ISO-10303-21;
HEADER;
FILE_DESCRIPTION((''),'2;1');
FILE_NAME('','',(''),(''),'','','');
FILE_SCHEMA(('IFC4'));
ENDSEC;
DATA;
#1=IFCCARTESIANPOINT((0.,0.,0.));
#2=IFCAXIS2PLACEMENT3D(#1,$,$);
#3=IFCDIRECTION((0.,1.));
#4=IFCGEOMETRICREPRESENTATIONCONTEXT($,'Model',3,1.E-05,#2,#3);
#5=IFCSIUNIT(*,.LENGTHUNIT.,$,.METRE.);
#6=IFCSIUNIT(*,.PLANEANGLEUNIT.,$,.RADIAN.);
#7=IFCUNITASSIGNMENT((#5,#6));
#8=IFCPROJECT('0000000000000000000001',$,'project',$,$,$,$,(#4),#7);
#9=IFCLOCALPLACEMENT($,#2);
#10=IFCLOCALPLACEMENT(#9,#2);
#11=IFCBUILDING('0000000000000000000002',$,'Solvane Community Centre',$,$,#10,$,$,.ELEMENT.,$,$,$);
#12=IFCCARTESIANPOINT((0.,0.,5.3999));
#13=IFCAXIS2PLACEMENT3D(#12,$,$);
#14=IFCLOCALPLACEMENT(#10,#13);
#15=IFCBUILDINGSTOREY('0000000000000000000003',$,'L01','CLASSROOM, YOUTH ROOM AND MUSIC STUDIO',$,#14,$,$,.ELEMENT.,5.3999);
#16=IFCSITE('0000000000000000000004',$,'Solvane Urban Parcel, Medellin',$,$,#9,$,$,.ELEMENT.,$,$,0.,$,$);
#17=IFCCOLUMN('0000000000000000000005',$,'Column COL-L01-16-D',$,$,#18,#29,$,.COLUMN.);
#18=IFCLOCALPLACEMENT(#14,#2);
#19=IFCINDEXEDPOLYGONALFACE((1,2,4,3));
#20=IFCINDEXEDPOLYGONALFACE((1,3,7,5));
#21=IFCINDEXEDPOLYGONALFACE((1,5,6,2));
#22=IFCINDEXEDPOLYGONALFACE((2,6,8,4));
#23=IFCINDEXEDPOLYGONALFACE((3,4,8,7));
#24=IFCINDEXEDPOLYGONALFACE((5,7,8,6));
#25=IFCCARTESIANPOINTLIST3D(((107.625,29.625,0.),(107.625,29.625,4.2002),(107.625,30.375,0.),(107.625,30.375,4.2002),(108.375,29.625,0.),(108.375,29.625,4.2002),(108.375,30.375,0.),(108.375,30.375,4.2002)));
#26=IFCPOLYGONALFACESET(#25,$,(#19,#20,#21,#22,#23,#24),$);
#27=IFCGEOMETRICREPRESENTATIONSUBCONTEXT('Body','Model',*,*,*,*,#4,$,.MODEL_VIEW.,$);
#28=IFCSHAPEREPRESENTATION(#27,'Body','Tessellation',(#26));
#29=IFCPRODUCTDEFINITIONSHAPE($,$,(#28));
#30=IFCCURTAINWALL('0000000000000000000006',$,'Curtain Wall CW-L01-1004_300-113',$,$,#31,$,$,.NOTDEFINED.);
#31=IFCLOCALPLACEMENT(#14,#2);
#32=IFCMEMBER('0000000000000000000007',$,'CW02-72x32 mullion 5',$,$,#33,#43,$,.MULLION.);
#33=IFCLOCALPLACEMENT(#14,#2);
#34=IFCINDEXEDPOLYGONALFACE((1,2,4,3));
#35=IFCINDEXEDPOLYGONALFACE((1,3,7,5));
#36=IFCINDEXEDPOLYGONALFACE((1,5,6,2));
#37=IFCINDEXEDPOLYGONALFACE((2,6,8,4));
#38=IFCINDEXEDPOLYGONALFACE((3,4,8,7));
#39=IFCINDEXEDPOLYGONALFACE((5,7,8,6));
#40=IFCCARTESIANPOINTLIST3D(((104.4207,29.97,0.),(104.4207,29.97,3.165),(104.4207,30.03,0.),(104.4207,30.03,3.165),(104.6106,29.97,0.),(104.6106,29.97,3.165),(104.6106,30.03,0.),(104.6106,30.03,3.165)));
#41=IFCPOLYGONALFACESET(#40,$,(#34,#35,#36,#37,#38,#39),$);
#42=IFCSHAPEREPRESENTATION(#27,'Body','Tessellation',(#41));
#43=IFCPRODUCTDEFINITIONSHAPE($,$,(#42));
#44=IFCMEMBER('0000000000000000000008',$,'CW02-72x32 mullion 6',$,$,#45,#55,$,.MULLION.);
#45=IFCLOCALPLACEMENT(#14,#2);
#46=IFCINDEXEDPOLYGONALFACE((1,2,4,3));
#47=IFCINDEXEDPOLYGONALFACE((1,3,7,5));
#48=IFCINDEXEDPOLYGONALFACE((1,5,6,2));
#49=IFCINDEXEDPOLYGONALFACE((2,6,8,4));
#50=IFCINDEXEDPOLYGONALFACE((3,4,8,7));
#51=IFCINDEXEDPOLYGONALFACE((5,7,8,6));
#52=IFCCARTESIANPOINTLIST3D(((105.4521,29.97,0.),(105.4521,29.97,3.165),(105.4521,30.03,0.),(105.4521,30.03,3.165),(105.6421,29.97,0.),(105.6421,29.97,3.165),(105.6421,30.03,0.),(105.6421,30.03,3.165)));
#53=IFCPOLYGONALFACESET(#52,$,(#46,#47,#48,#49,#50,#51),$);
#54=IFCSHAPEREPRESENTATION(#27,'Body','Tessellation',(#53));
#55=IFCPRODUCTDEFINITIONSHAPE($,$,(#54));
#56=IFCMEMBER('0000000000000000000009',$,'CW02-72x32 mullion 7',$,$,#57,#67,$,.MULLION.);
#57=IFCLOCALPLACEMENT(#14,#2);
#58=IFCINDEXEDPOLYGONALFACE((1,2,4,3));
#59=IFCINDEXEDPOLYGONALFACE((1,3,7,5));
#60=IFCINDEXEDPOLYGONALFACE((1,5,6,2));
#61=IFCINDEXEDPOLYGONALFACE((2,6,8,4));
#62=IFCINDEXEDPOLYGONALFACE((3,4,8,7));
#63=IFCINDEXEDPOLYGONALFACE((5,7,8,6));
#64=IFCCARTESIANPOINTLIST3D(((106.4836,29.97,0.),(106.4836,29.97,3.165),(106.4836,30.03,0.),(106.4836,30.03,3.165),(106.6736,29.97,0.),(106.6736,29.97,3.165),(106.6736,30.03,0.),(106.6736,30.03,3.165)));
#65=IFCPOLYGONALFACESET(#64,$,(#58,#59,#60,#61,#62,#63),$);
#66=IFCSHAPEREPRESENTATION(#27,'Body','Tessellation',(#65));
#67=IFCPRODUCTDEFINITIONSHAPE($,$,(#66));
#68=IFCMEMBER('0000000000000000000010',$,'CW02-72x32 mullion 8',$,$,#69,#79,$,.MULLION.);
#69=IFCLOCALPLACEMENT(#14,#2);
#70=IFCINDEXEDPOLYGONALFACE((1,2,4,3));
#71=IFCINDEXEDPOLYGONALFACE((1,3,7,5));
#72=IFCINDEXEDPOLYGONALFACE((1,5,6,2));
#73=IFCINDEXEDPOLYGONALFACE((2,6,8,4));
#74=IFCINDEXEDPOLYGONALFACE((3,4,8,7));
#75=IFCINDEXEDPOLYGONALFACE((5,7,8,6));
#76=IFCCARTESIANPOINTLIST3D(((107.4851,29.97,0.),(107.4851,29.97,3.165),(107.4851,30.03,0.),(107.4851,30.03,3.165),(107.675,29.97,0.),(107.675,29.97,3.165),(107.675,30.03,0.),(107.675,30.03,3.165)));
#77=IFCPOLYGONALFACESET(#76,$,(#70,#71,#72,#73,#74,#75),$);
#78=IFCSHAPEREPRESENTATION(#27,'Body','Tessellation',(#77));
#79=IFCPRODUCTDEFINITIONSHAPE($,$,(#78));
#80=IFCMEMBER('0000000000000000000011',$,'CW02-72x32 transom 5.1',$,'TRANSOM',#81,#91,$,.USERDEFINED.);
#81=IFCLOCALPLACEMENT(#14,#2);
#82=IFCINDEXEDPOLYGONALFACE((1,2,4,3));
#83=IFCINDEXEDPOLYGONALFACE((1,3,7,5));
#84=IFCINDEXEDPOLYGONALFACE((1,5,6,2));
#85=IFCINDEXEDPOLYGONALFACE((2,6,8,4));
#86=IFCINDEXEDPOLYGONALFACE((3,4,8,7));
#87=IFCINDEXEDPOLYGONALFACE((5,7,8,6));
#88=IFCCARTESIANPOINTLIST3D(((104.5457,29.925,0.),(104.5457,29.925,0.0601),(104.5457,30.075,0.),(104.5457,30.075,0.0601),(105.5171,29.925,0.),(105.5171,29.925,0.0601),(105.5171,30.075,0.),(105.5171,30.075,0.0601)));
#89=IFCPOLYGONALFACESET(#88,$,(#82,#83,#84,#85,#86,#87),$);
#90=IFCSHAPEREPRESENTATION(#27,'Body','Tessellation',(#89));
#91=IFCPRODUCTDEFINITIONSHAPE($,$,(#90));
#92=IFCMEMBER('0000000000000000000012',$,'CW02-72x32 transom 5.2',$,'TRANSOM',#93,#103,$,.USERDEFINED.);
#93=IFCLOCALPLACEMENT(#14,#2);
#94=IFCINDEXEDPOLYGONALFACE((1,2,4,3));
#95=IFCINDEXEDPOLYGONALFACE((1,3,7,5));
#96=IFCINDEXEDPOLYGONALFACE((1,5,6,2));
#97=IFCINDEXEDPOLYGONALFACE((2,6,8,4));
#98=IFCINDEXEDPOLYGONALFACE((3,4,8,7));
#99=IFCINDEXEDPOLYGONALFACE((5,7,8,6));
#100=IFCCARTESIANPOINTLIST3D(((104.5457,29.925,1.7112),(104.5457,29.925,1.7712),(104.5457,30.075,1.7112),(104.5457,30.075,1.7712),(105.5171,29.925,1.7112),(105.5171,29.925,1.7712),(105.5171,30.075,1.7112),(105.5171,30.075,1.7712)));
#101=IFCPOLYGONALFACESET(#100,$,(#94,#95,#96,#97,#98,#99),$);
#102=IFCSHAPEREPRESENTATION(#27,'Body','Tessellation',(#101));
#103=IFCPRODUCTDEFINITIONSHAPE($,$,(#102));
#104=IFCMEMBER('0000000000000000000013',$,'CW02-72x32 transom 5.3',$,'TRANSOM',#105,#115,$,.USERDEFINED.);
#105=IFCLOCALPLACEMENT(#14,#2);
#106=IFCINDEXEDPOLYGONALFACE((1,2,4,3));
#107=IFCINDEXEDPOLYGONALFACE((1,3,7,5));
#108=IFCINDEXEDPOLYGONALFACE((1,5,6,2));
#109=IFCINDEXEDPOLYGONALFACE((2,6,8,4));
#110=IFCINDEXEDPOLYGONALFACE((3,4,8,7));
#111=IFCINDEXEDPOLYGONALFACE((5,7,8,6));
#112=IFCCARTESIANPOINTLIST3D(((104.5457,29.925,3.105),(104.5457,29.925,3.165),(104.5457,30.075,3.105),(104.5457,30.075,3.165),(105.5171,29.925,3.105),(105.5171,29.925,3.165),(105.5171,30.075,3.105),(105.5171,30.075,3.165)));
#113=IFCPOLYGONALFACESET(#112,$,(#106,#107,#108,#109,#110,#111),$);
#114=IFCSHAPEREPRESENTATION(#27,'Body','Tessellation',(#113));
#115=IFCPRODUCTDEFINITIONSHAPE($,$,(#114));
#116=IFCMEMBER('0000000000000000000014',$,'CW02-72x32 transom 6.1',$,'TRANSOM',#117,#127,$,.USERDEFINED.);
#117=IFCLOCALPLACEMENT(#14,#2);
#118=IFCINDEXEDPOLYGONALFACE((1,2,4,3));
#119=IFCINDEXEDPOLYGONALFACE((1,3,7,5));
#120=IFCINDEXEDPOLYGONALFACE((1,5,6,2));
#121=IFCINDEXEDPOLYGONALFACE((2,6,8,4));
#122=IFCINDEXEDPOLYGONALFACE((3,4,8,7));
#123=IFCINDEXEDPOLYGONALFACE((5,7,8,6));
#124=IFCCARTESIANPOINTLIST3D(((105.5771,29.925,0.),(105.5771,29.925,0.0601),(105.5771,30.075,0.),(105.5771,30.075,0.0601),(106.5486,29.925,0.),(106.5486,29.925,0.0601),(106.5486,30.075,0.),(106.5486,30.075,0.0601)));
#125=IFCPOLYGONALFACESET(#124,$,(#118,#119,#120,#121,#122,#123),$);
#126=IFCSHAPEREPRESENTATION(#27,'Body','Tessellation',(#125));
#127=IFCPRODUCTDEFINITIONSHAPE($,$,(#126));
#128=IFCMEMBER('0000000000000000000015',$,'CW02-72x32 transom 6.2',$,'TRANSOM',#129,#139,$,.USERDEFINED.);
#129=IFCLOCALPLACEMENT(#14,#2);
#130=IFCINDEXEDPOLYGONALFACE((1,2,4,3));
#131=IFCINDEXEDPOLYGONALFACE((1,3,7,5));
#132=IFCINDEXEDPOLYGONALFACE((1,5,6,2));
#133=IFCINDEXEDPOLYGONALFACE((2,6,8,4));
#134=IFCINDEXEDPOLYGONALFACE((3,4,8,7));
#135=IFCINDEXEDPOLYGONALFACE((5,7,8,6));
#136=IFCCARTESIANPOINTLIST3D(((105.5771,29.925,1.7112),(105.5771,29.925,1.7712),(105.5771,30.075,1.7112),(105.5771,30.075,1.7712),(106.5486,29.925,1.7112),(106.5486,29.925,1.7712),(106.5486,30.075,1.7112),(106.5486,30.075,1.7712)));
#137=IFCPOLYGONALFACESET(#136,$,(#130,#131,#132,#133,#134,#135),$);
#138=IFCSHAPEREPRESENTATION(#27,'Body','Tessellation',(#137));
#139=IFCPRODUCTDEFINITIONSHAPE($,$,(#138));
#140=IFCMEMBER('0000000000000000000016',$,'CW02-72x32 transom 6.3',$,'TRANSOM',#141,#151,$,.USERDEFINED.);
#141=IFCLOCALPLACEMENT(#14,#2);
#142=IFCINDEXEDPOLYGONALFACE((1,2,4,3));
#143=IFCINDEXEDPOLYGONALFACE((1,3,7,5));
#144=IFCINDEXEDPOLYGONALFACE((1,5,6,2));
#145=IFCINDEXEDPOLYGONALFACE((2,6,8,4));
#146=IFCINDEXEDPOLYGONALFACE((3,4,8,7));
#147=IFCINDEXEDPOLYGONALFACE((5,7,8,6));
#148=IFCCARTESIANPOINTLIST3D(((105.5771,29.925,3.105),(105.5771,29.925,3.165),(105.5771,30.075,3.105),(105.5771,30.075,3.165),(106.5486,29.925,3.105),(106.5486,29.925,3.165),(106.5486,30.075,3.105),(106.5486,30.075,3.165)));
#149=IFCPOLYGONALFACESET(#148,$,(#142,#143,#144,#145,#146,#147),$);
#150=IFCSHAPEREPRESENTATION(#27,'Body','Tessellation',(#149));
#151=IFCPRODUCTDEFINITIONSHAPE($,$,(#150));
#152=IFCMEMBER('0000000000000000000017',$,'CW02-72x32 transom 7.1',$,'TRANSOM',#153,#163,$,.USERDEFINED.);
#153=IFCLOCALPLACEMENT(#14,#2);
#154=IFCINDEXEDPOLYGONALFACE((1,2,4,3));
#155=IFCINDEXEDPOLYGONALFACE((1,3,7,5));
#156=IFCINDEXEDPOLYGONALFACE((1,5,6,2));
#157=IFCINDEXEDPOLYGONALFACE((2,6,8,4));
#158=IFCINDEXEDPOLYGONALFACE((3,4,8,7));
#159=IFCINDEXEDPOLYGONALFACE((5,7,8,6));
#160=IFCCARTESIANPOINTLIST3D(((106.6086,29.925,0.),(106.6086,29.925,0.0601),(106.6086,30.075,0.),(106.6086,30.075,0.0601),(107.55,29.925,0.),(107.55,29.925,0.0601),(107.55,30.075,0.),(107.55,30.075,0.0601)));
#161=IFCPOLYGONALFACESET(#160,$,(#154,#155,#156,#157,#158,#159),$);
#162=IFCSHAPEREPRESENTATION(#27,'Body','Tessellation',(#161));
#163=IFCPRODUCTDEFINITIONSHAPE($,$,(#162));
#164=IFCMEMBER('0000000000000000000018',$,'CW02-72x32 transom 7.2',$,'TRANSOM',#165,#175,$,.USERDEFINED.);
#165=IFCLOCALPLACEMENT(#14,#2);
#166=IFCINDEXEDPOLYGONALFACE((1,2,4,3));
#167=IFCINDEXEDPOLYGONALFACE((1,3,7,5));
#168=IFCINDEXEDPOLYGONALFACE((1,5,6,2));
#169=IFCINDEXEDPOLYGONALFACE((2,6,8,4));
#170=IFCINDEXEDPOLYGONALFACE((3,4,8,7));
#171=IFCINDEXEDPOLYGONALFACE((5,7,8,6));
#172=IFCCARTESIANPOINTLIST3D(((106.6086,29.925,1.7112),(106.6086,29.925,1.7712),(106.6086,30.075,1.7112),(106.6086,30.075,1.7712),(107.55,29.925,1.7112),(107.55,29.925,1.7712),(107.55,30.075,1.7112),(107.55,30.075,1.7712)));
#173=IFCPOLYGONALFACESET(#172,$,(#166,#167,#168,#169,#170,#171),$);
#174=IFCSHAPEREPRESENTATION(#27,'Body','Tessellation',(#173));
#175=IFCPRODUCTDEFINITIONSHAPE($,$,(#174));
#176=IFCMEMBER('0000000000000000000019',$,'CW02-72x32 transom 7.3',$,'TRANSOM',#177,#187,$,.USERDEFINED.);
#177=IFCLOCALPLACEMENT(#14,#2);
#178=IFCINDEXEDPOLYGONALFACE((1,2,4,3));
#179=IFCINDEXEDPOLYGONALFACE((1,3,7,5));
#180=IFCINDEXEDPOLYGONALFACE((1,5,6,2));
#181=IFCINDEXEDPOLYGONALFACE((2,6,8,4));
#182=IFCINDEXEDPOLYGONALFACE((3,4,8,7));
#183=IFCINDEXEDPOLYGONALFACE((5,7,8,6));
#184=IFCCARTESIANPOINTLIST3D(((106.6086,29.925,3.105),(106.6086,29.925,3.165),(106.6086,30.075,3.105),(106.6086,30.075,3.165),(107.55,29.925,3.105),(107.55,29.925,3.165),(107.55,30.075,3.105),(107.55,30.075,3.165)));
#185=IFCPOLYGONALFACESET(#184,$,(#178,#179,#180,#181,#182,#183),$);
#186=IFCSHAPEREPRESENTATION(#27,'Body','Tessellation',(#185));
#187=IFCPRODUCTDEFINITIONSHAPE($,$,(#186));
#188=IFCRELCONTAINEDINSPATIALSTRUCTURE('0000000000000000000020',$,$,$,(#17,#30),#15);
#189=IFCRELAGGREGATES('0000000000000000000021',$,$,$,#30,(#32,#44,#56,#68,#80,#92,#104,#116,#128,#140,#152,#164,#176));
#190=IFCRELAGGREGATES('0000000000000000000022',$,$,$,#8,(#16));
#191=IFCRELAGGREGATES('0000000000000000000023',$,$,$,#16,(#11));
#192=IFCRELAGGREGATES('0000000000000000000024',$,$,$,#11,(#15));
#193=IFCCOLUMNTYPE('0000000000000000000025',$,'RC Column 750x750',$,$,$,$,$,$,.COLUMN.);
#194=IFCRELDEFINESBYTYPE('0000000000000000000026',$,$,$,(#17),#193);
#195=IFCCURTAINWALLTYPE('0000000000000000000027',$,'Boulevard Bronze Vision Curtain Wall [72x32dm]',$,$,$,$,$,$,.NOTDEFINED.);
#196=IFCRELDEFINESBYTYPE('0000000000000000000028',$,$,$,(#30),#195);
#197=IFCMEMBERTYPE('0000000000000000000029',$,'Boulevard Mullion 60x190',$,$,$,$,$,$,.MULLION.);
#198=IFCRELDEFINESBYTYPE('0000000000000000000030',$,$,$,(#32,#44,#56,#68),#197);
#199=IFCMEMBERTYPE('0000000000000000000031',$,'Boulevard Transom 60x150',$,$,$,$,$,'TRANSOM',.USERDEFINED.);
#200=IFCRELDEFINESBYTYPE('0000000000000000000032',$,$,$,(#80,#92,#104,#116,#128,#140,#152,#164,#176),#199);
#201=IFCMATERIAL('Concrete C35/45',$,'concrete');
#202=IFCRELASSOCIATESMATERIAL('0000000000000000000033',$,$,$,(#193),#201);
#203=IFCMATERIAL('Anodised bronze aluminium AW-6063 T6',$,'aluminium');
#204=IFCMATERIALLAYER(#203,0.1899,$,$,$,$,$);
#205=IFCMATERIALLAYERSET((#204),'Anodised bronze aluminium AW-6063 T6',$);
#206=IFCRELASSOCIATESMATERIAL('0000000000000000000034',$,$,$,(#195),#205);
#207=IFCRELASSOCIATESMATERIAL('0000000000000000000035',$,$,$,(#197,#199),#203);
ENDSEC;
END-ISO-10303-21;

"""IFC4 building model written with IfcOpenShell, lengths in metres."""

from ifc_helpers import new_model, si_unit, direction, frame, origin, origin_2d, place, context, subcontext, project, spatial, rectangle, extrude, material, layer, layer_set, material_profile, profile_set, type_object, element, aggregate, save


model = new_model("IFC4")

# Units and contexts
model_context = context("Model", 3, precision=1e-05, world=origin(), true_north=direction((0.0, 1.0)))
body_context = subcontext(model_context, "Body", "Model", "MODEL_VIEW")
ifc_project = project(units=[si_unit("LENGTHUNIT", "METRE"), si_unit("PLANEANGLEUNIT", "RADIAN")], contexts=[model_context])

# Site, building, storey
site_placement = place(None, origin())
site = spatial("IfcSite", under=ifc_project, at=site_placement, Name="Solvane Urban Parcel, Medellin", CompositionType="ELEMENT", RefElevation=0.0)
building_placement = place(site_placement, origin())
building = spatial("IfcBuilding", under=site, at=building_placement, Name="Solvane Community Centre", CompositionType="ELEMENT")
storey_placement = place(building_placement, frame((0.0, 0.0, 5.3999)))
storey = spatial("IfcBuildingStorey", under=building, at=storey_placement, Name="L01", Description="CLASSROOM, YOUTH ROOM AND MUSIC STUDIO", CompositionType="ELEMENT", Elevation=5.3999)

# Column
ifc_material_1 = material(Name="Concrete C35/45", Category="concrete")
ifc_material_profile_1 = material_profile(ifc_material_1, rectangle(XDim=0.75, YDim=0.75, at=origin_2d()), Name="RC 750x750")
ifc_profile_set_1 = profile_set([ifc_material_profile_1], Name="Concrete C35/45")
column_type = type_object("IfcColumnType", Name="RC Column 750x750", PredefinedType="COLUMN", material=ifc_profile_set_1)
column_placement = place(storey_placement, frame((108.0, 30.0, 0.0), z_axis=(0.0, 0.0, 1.0), x_axis=(1.0, 0.0, 0.0)))
element("IfcColumn", 1, at=column_placement, inside=storey, type_object=column_type, Name="Column COL-L01-16-D", PredefinedType="COLUMN", context=body_context, shape_type="SweptSolid", body=[
    extrude(rectangle(XDim=0.75, YDim=0.75, at=origin_2d()), origin(), (0.0, 0.0, 1.0), 4.2002),
])

# Curtain wall, members
ifc_material_2 = material(Name="Anodised bronze aluminium AW-6063 T6", Category="aluminium")
ifc_layer_1 = layer(ifc_material_2, 0.1899)
ifc_layer_set_1 = layer_set([ifc_layer_1], Name="Anodised bronze aluminium AW-6063 T6")
curtain_wall_type = type_object("IfcCurtainWallType", Name="Boulevard Bronze Vision Curtain Wall [72x32dm]", PredefinedType="NOTDEFINED", material=ifc_layer_set_1)
curtain_wall_placement = place(storey_placement, origin())
curtain_wall = element("IfcCurtainWall", 2, at=curtain_wall_placement, inside=storey, type_object=curtain_wall_type, Name="Curtain Wall CW-L01-1004_300-113", PredefinedType="NOTDEFINED")
ifc_material_profile_2 = material_profile(ifc_material_2, rectangle(XDim=0.0601, YDim=0.1899, at=origin_2d()), Name="CW-M 60x190")
ifc_profile_set_2 = profile_set([ifc_material_profile_2], Name="Anodised bronze aluminium AW-6063 T6")
member_type_1 = type_object("IfcMemberType", Name="Boulevard Mullion 60x190", PredefinedType="MULLION", material=ifc_profile_set_2)
member_1_placement = place(storey_placement, frame((104.5156, 30.0, 0.0), z_axis=(0.0, 0.0, 1.0), x_axis=(0.0, 1.0, 0.0)))
member_1 = element("IfcMember", 3, at=member_1_placement, type_object=member_type_1, Name="CW02-72x32 mullion 5", PredefinedType="MULLION", context=body_context, shape_type="SweptSolid", body=[
    extrude(rectangle(XDim=0.0601, YDim=0.1899, at=origin_2d()), origin(), (0.0, 0.0, 1.0), 3.165),
])
member_2_placement = place(storey_placement, frame((105.5471, 30.0, 0.0), z_axis=(0.0, 0.0, 1.0), x_axis=(0.0, 1.0, 0.0)))
member_2 = element("IfcMember", 4, at=member_2_placement, type_object=member_type_1, Name="CW02-72x32 mullion 6", PredefinedType="MULLION", context=body_context, shape_type="SweptSolid", body=[
    extrude(rectangle(XDim=0.0601, YDim=0.1899, at=origin_2d()), origin(), (0.0, 0.0, 1.0), 3.165),
])
member_3_placement = place(storey_placement, frame((106.5786, 30.0, 0.0), z_axis=(0.0, 0.0, 1.0), x_axis=(0.0, 1.0, 0.0)))
member_3 = element("IfcMember", 5, at=member_3_placement, type_object=member_type_1, Name="CW02-72x32 mullion 7", PredefinedType="MULLION", context=body_context, shape_type="SweptSolid", body=[
    extrude(rectangle(XDim=0.0601, YDim=0.1899, at=origin_2d()), origin(), (0.0, 0.0, 1.0), 3.165),
])
member_4_placement = place(storey_placement, frame((107.5801, 30.0, 0.0), z_axis=(0.0, 0.0, 1.0), x_axis=(0.0, 1.0, 0.0)))
member_4 = element("IfcMember", 6, at=member_4_placement, type_object=member_type_1, Name="CW02-72x32 mullion 8", PredefinedType="MULLION", context=body_context, shape_type="SweptSolid", body=[
    extrude(rectangle(XDim=0.0601, YDim=0.1899, at=origin_2d()), origin(), (0.0, 0.0, 1.0), 3.165),
])
ifc_material_profile_3 = material_profile(ifc_material_2, rectangle(XDim=0.1499, YDim=0.0601, at=origin_2d()), Name="CW-T 60x150")
ifc_profile_set_3 = profile_set([ifc_material_profile_3], Name="Anodised bronze aluminium AW-6063 T6")
member_type_2 = type_object("IfcMemberType", Name="Boulevard Transom 60x150", ElementType="TRANSOM", PredefinedType="USERDEFINED", material=ifc_profile_set_3)
member_5_placement = place(storey_placement, frame((104.5457, 30.0, 0.03), z_axis=(1.0, 0.0, 0.0), x_axis=(0.0, 1.0, 0.0)))
member_5 = element("IfcMember", 7, at=member_5_placement, type_object=member_type_2, Name="CW02-72x32 transom 5.1", ObjectType="TRANSOM", PredefinedType="USERDEFINED", context=body_context, shape_type="SweptSolid", body=[
    extrude(rectangle(XDim=0.1499, YDim=0.0601, at=origin_2d()), origin(), (0.0, 0.0, 1.0), 0.9714),
])
member_6_placement = place(storey_placement, frame((104.5457, 30.0, 1.7412), z_axis=(1.0, 0.0, 0.0), x_axis=(0.0, 1.0, 0.0)))
member_6 = element("IfcMember", 8, at=member_6_placement, type_object=member_type_2, Name="CW02-72x32 transom 5.2", ObjectType="TRANSOM", PredefinedType="USERDEFINED", context=body_context, shape_type="SweptSolid", body=[
    extrude(rectangle(XDim=0.1499, YDim=0.0601, at=origin_2d()), origin(), (0.0, 0.0, 1.0), 0.9714),
])
member_7_placement = place(storey_placement, frame((104.5457, 30.0, 3.135), z_axis=(1.0, 0.0, 0.0), x_axis=(0.0, 1.0, 0.0)))
member_7 = element("IfcMember", 9, at=member_7_placement, type_object=member_type_2, Name="CW02-72x32 transom 5.3", ObjectType="TRANSOM", PredefinedType="USERDEFINED", context=body_context, shape_type="SweptSolid", body=[
    extrude(rectangle(XDim=0.1499, YDim=0.0601, at=origin_2d()), origin(), (0.0, 0.0, 1.0), 0.9714),
])
member_8_placement = place(storey_placement, frame((105.5771, 30.0, 0.03), z_axis=(1.0, 0.0, 0.0), x_axis=(0.0, 1.0, 0.0)))
member_8 = element("IfcMember", 10, at=member_8_placement, type_object=member_type_2, Name="CW02-72x32 transom 6.1", ObjectType="TRANSOM", PredefinedType="USERDEFINED", context=body_context, shape_type="SweptSolid", body=[
    extrude(rectangle(XDim=0.1499, YDim=0.0601, at=origin_2d()), origin(), (0.0, 0.0, 1.0), 0.9714),
])
member_9_placement = place(storey_placement, frame((105.5771, 30.0, 1.7412), z_axis=(1.0, 0.0, 0.0), x_axis=(0.0, 1.0, 0.0)))
member_9 = element("IfcMember", 11, at=member_9_placement, type_object=member_type_2, Name="CW02-72x32 transom 6.2", ObjectType="TRANSOM", PredefinedType="USERDEFINED", context=body_context, shape_type="SweptSolid", body=[
    extrude(rectangle(XDim=0.1499, YDim=0.0601, at=origin_2d()), origin(), (0.0, 0.0, 1.0), 0.9714),
])
member_10_placement = place(storey_placement, frame((105.5771, 30.0, 3.135), z_axis=(1.0, 0.0, 0.0), x_axis=(0.0, 1.0, 0.0)))
member_10 = element("IfcMember", 12, at=member_10_placement, type_object=member_type_2, Name="CW02-72x32 transom 6.3", ObjectType="TRANSOM", PredefinedType="USERDEFINED", context=body_context, shape_type="SweptSolid", body=[
    extrude(rectangle(XDim=0.1499, YDim=0.0601, at=origin_2d()), origin(), (0.0, 0.0, 1.0), 0.9714),
])
member_11_placement = place(storey_placement, frame((106.6086, 30.0, 0.03), z_axis=(1.0, 0.0, 0.0), x_axis=(0.0, 1.0, 0.0)))
member_11 = element("IfcMember", 13, at=member_11_placement, type_object=member_type_2, Name="CW02-72x32 transom 7.1", ObjectType="TRANSOM", PredefinedType="USERDEFINED", context=body_context, shape_type="SweptSolid", body=[
    extrude(rectangle(XDim=0.1499, YDim=0.0601, at=origin_2d()), origin(), (0.0, 0.0, 1.0), 0.9414),
])
member_12_placement = place(storey_placement, frame((106.6086, 30.0, 1.7412), z_axis=(1.0, 0.0, 0.0), x_axis=(0.0, 1.0, 0.0)))
member_12 = element("IfcMember", 14, at=member_12_placement, type_object=member_type_2, Name="CW02-72x32 transom 7.2", ObjectType="TRANSOM", PredefinedType="USERDEFINED", context=body_context, shape_type="SweptSolid", body=[
    extrude(rectangle(XDim=0.1499, YDim=0.0601, at=origin_2d()), origin(), (0.0, 0.0, 1.0), 0.9414),
])
member_13_placement = place(storey_placement, frame((106.6086, 30.0, 3.135), z_axis=(1.0, 0.0, 0.0), x_axis=(0.0, 1.0, 0.0)))
member_13 = element("IfcMember", 15, at=member_13_placement, type_object=member_type_2, Name="CW02-72x32 transom 7.3", ObjectType="TRANSOM", PredefinedType="USERDEFINED", context=body_context, shape_type="SweptSolid", body=[
    extrude(rectangle(XDim=0.1499, YDim=0.0601, at=origin_2d()), origin(), (0.0, 0.0, 1.0), 0.9414),
])

aggregate(curtain_wall, [member_1, member_2, member_3, member_4, member_5, member_6, member_7, member_8, member_9, member_10, member_11, member_12, member_13])

save(model, "model.ifc")
